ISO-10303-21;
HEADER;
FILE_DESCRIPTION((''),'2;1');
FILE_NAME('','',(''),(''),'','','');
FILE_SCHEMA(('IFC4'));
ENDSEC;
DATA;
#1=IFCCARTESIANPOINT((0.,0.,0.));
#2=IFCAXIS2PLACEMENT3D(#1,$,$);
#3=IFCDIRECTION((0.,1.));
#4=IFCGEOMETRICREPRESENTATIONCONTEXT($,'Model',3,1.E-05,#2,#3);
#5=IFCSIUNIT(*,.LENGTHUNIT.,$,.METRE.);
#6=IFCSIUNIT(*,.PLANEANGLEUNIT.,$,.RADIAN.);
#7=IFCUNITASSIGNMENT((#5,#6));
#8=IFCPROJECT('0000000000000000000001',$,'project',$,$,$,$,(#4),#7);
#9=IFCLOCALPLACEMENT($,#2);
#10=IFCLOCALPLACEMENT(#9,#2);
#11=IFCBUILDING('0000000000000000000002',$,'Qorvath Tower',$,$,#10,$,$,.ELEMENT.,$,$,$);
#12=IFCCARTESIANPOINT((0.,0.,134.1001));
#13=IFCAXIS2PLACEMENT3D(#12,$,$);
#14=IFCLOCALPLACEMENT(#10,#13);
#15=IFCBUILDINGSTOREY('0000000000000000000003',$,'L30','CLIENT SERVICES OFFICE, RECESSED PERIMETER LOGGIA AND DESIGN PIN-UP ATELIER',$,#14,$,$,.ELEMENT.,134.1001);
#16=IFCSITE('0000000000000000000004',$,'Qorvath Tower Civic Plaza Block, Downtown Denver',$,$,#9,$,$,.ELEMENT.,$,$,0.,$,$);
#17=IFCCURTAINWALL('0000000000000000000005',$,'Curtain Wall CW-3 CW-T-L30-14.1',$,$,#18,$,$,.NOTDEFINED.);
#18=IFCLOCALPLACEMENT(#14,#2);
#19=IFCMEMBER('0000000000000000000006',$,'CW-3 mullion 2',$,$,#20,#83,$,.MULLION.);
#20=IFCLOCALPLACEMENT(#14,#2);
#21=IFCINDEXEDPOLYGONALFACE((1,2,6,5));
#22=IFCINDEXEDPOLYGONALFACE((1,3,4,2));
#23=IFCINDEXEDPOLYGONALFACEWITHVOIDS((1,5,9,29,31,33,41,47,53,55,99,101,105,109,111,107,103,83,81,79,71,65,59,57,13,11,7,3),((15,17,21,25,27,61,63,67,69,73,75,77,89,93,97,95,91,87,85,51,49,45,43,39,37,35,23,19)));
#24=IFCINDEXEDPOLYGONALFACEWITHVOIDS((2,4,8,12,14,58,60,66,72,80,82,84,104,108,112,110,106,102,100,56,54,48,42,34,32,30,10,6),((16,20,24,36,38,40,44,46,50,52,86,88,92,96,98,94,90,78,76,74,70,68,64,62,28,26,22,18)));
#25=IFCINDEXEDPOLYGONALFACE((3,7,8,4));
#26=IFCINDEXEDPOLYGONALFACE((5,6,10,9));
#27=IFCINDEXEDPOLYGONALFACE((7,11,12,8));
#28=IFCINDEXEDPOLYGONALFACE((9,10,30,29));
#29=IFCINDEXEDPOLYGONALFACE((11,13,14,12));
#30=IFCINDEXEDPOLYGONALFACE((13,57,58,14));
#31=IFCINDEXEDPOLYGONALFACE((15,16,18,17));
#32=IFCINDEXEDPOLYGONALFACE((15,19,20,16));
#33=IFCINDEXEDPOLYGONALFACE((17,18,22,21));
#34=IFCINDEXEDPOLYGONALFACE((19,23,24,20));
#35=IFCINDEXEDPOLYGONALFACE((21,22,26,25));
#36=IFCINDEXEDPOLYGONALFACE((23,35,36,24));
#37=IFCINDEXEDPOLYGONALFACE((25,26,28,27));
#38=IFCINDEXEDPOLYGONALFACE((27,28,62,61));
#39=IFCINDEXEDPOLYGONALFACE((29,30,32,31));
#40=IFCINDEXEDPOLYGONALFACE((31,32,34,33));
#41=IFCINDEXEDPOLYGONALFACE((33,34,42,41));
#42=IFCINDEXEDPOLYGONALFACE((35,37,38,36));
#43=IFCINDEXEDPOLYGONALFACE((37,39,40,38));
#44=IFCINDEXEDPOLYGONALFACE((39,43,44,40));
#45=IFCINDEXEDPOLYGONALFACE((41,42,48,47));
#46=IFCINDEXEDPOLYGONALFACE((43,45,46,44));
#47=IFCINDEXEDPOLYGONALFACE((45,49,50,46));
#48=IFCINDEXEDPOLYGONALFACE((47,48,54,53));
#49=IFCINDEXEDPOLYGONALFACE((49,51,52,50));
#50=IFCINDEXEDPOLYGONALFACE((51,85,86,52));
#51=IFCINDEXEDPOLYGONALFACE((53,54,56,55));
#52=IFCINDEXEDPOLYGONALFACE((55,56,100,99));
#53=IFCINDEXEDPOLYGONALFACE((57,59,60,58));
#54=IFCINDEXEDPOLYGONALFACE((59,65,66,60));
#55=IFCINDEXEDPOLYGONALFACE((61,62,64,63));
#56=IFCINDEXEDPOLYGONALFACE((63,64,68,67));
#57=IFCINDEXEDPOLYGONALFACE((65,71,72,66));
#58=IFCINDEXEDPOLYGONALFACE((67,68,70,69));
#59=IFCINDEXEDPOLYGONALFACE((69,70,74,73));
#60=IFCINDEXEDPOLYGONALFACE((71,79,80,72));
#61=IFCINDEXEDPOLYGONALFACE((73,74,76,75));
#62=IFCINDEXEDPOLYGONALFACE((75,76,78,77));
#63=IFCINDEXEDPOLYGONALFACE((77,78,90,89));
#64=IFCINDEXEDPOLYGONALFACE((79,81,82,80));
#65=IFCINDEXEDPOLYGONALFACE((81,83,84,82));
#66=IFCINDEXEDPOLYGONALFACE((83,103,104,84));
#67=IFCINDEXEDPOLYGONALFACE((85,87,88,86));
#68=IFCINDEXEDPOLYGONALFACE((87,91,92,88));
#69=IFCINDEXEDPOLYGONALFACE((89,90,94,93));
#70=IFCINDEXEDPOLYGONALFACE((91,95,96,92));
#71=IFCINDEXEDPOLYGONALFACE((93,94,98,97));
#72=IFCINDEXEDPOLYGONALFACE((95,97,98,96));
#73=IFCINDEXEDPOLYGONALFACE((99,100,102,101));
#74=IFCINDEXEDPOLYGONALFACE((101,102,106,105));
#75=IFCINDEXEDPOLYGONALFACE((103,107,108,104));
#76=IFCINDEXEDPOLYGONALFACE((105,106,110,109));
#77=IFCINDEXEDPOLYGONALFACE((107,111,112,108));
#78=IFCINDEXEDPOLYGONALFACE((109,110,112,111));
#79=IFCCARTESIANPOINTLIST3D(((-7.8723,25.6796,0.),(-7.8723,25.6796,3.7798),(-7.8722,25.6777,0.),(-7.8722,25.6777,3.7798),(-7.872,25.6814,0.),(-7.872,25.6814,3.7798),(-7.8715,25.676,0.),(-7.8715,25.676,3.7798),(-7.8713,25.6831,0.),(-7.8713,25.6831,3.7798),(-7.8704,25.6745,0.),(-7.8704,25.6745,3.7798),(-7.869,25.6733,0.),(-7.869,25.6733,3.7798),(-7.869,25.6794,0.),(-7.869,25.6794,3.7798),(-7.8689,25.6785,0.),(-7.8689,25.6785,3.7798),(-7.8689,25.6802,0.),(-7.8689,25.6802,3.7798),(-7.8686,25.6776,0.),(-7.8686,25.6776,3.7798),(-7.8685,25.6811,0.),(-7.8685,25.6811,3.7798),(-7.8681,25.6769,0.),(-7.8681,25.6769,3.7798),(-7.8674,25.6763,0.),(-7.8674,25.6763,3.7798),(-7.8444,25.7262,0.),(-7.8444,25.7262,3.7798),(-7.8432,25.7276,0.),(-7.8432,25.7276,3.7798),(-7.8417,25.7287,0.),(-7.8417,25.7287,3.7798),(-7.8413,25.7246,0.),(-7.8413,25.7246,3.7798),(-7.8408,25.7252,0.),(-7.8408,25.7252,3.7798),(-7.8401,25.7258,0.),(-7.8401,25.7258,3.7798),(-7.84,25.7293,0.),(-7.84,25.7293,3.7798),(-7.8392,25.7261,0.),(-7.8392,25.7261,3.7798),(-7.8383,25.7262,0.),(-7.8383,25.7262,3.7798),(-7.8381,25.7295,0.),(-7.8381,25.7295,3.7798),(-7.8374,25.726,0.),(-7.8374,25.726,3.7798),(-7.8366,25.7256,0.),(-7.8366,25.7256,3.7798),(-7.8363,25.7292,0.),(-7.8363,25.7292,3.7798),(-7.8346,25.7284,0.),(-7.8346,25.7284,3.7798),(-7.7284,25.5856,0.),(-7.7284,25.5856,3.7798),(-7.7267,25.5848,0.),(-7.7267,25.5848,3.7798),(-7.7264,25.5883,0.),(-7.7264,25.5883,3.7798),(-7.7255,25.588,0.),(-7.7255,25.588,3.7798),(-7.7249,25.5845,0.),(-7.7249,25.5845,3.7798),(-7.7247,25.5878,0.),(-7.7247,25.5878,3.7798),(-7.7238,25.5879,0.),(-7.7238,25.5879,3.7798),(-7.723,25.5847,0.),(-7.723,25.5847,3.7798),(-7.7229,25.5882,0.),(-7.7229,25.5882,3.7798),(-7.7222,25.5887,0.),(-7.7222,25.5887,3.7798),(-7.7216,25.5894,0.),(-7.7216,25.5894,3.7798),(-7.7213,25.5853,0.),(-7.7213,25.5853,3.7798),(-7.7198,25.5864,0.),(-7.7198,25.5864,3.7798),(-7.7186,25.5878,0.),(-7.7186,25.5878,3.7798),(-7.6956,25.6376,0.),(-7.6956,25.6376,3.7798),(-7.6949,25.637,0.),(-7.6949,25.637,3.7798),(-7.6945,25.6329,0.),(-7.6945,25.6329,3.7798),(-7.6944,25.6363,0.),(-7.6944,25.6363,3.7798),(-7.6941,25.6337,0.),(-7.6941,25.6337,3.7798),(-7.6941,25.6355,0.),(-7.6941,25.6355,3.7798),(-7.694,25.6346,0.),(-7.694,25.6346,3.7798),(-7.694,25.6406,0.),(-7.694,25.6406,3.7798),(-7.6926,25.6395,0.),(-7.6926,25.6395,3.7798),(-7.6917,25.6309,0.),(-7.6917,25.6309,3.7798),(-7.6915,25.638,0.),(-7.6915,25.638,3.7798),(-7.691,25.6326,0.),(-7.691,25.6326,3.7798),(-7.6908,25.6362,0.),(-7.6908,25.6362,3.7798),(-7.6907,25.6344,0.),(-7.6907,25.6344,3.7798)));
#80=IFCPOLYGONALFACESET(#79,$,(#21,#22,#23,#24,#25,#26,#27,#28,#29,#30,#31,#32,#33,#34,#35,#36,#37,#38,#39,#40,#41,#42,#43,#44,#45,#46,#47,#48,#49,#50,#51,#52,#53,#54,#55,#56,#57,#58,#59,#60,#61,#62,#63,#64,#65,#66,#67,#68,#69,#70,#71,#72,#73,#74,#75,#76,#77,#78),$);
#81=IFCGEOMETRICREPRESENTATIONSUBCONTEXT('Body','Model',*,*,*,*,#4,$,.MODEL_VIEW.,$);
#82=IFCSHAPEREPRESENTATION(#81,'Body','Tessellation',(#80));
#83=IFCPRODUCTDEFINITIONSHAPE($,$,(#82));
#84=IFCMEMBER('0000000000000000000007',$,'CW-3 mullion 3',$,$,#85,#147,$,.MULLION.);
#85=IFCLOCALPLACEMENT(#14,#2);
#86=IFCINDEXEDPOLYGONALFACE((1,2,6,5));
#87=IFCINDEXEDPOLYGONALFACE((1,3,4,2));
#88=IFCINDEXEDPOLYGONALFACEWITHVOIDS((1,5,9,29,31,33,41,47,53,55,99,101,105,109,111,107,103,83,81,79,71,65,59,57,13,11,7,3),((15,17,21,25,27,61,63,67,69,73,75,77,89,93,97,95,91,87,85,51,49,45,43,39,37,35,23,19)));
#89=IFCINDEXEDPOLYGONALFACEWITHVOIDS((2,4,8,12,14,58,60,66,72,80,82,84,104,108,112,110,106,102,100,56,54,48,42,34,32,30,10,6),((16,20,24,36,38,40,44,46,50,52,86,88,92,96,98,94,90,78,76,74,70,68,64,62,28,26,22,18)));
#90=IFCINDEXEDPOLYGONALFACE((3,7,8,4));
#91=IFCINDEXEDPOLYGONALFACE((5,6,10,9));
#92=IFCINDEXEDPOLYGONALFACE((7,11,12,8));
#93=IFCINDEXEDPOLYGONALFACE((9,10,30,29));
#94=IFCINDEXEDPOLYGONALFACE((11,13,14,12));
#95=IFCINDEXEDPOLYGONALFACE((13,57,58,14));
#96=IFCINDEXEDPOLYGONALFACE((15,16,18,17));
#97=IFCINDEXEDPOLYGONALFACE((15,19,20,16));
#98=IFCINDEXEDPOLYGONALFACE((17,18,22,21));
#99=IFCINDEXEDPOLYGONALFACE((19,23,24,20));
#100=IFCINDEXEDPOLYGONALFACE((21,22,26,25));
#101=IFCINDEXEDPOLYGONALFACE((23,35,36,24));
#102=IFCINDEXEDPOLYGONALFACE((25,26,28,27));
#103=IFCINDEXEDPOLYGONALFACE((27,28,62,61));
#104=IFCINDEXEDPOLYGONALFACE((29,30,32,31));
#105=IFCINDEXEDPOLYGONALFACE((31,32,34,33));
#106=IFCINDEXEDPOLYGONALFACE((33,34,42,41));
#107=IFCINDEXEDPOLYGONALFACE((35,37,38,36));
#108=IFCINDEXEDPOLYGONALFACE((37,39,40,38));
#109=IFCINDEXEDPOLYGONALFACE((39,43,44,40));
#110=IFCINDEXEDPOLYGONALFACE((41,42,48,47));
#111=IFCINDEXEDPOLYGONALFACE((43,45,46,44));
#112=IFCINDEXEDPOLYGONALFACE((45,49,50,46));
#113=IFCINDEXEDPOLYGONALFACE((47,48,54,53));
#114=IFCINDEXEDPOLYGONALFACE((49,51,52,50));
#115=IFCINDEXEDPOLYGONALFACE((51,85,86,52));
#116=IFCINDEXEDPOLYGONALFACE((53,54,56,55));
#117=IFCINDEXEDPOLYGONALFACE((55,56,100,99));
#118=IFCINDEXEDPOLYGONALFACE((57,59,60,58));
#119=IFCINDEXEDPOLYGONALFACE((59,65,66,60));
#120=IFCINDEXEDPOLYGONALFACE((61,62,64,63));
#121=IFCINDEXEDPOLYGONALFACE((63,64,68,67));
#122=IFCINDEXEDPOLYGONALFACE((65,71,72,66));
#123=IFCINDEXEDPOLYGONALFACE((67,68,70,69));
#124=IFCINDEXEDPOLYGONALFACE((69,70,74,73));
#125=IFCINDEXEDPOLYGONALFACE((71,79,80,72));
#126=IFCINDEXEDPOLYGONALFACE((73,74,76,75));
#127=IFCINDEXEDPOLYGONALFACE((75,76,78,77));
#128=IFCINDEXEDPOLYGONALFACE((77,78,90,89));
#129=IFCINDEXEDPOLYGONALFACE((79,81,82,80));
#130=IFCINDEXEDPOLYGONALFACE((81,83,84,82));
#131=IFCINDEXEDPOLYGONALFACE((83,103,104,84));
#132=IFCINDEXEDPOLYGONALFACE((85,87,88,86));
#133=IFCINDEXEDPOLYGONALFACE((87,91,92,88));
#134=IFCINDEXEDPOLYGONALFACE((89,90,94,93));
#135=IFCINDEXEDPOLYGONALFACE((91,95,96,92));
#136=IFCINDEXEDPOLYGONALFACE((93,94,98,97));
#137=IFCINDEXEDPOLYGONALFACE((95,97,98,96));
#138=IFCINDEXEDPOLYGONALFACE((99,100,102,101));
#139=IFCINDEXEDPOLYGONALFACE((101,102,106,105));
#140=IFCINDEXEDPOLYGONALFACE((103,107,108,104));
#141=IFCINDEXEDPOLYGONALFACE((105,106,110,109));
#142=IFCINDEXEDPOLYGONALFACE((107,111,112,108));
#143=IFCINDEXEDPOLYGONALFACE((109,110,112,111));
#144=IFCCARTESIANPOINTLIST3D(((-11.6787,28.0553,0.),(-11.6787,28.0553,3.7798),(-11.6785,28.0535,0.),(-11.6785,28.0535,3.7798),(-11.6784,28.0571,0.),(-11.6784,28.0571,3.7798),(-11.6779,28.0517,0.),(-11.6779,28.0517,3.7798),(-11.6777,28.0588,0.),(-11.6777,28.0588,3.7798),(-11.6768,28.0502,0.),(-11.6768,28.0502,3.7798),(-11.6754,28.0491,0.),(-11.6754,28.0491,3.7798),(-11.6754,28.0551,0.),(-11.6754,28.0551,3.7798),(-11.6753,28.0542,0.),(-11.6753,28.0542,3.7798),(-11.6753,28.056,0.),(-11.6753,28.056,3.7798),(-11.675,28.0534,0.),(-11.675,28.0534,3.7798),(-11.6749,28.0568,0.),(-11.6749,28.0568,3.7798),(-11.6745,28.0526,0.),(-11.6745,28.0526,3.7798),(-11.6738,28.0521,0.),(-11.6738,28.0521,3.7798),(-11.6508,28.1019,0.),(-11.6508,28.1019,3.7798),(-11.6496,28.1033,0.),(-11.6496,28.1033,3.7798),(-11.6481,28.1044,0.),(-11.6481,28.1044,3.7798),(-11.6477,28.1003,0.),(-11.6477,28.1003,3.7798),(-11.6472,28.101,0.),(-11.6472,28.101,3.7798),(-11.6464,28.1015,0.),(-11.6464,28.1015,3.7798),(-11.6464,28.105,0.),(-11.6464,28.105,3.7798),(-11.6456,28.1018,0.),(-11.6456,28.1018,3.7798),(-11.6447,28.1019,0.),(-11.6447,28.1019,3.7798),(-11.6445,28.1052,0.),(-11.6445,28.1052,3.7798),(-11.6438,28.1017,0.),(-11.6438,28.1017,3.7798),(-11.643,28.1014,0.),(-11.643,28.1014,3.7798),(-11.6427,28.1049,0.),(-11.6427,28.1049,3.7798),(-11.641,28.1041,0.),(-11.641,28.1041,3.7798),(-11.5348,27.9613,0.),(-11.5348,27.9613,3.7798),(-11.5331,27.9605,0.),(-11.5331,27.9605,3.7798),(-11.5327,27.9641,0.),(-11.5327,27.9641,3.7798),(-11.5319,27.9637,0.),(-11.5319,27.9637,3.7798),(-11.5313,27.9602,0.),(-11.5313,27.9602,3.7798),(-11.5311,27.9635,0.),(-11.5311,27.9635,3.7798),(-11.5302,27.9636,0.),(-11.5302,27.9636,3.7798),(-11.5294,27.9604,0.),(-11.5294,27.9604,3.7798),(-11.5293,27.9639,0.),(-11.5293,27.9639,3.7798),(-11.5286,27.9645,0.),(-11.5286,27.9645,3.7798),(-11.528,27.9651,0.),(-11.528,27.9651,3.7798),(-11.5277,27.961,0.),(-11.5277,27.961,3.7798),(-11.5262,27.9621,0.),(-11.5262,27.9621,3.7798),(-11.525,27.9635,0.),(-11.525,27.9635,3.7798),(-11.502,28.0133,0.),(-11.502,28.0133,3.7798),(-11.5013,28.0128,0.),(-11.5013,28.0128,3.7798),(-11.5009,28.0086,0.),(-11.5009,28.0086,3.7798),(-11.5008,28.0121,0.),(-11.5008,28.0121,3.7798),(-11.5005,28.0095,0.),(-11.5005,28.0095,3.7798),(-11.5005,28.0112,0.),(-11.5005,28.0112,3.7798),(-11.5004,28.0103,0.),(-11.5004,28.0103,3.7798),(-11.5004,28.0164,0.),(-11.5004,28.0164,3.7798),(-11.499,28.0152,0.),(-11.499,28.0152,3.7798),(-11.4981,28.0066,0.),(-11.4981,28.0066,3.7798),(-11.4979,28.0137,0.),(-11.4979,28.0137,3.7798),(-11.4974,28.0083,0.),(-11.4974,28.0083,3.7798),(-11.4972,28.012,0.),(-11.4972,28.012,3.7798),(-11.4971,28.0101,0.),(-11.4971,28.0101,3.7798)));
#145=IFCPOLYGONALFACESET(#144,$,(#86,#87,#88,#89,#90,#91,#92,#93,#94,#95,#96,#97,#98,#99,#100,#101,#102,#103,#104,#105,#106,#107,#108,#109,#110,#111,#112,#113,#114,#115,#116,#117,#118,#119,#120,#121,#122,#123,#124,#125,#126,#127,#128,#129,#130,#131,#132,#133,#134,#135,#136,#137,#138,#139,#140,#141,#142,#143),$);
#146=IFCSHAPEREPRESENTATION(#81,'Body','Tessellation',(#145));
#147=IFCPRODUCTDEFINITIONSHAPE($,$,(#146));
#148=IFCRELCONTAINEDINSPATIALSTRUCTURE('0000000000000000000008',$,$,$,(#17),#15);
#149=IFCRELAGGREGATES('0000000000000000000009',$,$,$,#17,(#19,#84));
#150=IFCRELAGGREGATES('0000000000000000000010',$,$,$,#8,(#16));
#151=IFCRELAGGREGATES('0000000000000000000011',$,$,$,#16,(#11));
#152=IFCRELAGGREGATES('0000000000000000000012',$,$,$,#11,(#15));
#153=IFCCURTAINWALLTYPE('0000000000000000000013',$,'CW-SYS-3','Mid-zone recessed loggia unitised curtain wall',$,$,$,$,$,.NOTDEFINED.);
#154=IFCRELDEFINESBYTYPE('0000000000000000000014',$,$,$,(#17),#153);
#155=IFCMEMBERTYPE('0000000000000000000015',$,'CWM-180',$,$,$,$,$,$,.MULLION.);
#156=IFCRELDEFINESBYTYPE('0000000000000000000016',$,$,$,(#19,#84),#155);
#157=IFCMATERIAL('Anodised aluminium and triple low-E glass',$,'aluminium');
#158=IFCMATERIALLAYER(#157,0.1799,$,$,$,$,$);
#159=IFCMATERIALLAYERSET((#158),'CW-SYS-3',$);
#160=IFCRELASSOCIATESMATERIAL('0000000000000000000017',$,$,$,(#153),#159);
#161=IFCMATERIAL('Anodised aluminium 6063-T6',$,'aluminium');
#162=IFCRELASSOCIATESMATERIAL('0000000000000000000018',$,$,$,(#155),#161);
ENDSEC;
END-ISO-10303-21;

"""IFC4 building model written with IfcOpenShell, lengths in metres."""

from ifc_helpers import new_model, si_unit, direction, frame, origin, origin_2d, place, context, subcontext, project, spatial, hollow_rectangle, extrude, material, layer, layer_set, material_profile, profile_set, type_object, element, aggregate, save


model = new_model("IFC4")

# Units and contexts
model_context = context("Model", 3, precision=1e-05, world=origin(), true_north=direction((0.0, 1.0)))
body_context = subcontext(model_context, "Body", "Model", "MODEL_VIEW")
ifc_project = project(units=[si_unit("LENGTHUNIT", "METRE"), si_unit("PLANEANGLEUNIT", "RADIAN")], contexts=[model_context])

# Site, building, storey
site_placement = place(None, origin())
site = spatial("IfcSite", under=ifc_project, at=site_placement, Name="Qorvath Tower Civic Plaza Block, Downtown Denver", CompositionType="ELEMENT", RefElevation=0.0)
building_placement = place(site_placement, origin())
building = spatial("IfcBuilding", under=site, at=building_placement, Name="Qorvath Tower", CompositionType="ELEMENT")
storey_placement = place(building_placement, frame((0.0, 0.0, 134.1001)))
storey = spatial("IfcBuildingStorey", under=building, at=storey_placement, Name="L30", Description="CLIENT SERVICES OFFICE, RECESSED PERIMETER LOGGIA AND DESIGN PIN-UP ATELIER", CompositionType="ELEMENT", Elevation=134.1001)

# Shared definitions
ifc_material_1 = material(Name="Anodised aluminium and triple low-E glass", Category="aluminium")
ifc_layer_1 = layer(ifc_material_1, 0.1799)
ifc_layer_set_1 = layer_set([ifc_layer_1], Name="CW-SYS-3")
curtain_wall_type = type_object("IfcCurtainWallType", Name="CW-SYS-3", Description="Mid-zone recessed loggia unitised curtain wall", PredefinedType="NOTDEFINED", material=ifc_layer_set_1)
ifc_material_2 = material(Name="Anodised aluminium 6063-T6", Category="aluminium")
ifc_material_profile_1 = material_profile(ifc_material_2, hollow_rectangle(XDim=0.0649, YDim=0.1799, WallThickness=0.0034, InnerFilletRadius=0.0034, OuterFilletRadius=0.0071, at=origin_2d()), Name="CWM 180x65")
ifc_profile_set_1 = profile_set([ifc_material_profile_1], Name="Anodised aluminium 6063-T6")
member_type_1 = type_object("IfcMemberType", Name="CWM-180", PredefinedType="MULLION", material=ifc_profile_set_1)

# Curtain wall, members
curtain_wall_1_placement = place(storey_placement, origin())
curtain_wall_1 = element("IfcCurtainWall", 1, at=curtain_wall_1_placement, inside=storey, type_object=curtain_wall_type, Name="Curtain Wall CW-3 CW-T-L30-14.1", PredefinedType="NOTDEFINED")
member_1_placement = place(storey_placement, frame((-7.7815, 25.657, 0.0), z_axis=(0.0, 0.0, 1.0), x_axis=(-0.52944, -0.848347, 0.0)))
member_1 = element("IfcMember", 2, at=member_1_placement, type_object=member_type_1, Name="CW-3 mullion 2", PredefinedType="MULLION", context=body_context, shape_type="SweptSolid", body=[
    extrude(hollow_rectangle(XDim=0.0649, YDim=0.1799, WallThickness=0.0034, InnerFilletRadius=0.0034, OuterFilletRadius=0.0071, at=origin_2d()), origin(), (0.0, 0.0, 1.0), 3.7798),
])
member_2_placement = place(storey_placement, frame((-11.5879, 28.0327, 0.0), z_axis=(0.0, 0.0, 1.0), x_axis=(-0.52944, -0.848347, 0.0)))
member_2 = element("IfcMember", 3, at=member_2_placement, type_object=member_type_1, Name="CW-3 mullion 3", PredefinedType="MULLION", context=body_context, shape_type="SweptSolid", body=[
    extrude(hollow_rectangle(XDim=0.0649, YDim=0.1799, WallThickness=0.0034, InnerFilletRadius=0.0034, OuterFilletRadius=0.0071, at=origin_2d()), origin(), (0.0, 0.0, 1.0), 3.7798),
])

aggregate(curtain_wall_1, [member_1, member_2])

save(model, "model.ifc")
